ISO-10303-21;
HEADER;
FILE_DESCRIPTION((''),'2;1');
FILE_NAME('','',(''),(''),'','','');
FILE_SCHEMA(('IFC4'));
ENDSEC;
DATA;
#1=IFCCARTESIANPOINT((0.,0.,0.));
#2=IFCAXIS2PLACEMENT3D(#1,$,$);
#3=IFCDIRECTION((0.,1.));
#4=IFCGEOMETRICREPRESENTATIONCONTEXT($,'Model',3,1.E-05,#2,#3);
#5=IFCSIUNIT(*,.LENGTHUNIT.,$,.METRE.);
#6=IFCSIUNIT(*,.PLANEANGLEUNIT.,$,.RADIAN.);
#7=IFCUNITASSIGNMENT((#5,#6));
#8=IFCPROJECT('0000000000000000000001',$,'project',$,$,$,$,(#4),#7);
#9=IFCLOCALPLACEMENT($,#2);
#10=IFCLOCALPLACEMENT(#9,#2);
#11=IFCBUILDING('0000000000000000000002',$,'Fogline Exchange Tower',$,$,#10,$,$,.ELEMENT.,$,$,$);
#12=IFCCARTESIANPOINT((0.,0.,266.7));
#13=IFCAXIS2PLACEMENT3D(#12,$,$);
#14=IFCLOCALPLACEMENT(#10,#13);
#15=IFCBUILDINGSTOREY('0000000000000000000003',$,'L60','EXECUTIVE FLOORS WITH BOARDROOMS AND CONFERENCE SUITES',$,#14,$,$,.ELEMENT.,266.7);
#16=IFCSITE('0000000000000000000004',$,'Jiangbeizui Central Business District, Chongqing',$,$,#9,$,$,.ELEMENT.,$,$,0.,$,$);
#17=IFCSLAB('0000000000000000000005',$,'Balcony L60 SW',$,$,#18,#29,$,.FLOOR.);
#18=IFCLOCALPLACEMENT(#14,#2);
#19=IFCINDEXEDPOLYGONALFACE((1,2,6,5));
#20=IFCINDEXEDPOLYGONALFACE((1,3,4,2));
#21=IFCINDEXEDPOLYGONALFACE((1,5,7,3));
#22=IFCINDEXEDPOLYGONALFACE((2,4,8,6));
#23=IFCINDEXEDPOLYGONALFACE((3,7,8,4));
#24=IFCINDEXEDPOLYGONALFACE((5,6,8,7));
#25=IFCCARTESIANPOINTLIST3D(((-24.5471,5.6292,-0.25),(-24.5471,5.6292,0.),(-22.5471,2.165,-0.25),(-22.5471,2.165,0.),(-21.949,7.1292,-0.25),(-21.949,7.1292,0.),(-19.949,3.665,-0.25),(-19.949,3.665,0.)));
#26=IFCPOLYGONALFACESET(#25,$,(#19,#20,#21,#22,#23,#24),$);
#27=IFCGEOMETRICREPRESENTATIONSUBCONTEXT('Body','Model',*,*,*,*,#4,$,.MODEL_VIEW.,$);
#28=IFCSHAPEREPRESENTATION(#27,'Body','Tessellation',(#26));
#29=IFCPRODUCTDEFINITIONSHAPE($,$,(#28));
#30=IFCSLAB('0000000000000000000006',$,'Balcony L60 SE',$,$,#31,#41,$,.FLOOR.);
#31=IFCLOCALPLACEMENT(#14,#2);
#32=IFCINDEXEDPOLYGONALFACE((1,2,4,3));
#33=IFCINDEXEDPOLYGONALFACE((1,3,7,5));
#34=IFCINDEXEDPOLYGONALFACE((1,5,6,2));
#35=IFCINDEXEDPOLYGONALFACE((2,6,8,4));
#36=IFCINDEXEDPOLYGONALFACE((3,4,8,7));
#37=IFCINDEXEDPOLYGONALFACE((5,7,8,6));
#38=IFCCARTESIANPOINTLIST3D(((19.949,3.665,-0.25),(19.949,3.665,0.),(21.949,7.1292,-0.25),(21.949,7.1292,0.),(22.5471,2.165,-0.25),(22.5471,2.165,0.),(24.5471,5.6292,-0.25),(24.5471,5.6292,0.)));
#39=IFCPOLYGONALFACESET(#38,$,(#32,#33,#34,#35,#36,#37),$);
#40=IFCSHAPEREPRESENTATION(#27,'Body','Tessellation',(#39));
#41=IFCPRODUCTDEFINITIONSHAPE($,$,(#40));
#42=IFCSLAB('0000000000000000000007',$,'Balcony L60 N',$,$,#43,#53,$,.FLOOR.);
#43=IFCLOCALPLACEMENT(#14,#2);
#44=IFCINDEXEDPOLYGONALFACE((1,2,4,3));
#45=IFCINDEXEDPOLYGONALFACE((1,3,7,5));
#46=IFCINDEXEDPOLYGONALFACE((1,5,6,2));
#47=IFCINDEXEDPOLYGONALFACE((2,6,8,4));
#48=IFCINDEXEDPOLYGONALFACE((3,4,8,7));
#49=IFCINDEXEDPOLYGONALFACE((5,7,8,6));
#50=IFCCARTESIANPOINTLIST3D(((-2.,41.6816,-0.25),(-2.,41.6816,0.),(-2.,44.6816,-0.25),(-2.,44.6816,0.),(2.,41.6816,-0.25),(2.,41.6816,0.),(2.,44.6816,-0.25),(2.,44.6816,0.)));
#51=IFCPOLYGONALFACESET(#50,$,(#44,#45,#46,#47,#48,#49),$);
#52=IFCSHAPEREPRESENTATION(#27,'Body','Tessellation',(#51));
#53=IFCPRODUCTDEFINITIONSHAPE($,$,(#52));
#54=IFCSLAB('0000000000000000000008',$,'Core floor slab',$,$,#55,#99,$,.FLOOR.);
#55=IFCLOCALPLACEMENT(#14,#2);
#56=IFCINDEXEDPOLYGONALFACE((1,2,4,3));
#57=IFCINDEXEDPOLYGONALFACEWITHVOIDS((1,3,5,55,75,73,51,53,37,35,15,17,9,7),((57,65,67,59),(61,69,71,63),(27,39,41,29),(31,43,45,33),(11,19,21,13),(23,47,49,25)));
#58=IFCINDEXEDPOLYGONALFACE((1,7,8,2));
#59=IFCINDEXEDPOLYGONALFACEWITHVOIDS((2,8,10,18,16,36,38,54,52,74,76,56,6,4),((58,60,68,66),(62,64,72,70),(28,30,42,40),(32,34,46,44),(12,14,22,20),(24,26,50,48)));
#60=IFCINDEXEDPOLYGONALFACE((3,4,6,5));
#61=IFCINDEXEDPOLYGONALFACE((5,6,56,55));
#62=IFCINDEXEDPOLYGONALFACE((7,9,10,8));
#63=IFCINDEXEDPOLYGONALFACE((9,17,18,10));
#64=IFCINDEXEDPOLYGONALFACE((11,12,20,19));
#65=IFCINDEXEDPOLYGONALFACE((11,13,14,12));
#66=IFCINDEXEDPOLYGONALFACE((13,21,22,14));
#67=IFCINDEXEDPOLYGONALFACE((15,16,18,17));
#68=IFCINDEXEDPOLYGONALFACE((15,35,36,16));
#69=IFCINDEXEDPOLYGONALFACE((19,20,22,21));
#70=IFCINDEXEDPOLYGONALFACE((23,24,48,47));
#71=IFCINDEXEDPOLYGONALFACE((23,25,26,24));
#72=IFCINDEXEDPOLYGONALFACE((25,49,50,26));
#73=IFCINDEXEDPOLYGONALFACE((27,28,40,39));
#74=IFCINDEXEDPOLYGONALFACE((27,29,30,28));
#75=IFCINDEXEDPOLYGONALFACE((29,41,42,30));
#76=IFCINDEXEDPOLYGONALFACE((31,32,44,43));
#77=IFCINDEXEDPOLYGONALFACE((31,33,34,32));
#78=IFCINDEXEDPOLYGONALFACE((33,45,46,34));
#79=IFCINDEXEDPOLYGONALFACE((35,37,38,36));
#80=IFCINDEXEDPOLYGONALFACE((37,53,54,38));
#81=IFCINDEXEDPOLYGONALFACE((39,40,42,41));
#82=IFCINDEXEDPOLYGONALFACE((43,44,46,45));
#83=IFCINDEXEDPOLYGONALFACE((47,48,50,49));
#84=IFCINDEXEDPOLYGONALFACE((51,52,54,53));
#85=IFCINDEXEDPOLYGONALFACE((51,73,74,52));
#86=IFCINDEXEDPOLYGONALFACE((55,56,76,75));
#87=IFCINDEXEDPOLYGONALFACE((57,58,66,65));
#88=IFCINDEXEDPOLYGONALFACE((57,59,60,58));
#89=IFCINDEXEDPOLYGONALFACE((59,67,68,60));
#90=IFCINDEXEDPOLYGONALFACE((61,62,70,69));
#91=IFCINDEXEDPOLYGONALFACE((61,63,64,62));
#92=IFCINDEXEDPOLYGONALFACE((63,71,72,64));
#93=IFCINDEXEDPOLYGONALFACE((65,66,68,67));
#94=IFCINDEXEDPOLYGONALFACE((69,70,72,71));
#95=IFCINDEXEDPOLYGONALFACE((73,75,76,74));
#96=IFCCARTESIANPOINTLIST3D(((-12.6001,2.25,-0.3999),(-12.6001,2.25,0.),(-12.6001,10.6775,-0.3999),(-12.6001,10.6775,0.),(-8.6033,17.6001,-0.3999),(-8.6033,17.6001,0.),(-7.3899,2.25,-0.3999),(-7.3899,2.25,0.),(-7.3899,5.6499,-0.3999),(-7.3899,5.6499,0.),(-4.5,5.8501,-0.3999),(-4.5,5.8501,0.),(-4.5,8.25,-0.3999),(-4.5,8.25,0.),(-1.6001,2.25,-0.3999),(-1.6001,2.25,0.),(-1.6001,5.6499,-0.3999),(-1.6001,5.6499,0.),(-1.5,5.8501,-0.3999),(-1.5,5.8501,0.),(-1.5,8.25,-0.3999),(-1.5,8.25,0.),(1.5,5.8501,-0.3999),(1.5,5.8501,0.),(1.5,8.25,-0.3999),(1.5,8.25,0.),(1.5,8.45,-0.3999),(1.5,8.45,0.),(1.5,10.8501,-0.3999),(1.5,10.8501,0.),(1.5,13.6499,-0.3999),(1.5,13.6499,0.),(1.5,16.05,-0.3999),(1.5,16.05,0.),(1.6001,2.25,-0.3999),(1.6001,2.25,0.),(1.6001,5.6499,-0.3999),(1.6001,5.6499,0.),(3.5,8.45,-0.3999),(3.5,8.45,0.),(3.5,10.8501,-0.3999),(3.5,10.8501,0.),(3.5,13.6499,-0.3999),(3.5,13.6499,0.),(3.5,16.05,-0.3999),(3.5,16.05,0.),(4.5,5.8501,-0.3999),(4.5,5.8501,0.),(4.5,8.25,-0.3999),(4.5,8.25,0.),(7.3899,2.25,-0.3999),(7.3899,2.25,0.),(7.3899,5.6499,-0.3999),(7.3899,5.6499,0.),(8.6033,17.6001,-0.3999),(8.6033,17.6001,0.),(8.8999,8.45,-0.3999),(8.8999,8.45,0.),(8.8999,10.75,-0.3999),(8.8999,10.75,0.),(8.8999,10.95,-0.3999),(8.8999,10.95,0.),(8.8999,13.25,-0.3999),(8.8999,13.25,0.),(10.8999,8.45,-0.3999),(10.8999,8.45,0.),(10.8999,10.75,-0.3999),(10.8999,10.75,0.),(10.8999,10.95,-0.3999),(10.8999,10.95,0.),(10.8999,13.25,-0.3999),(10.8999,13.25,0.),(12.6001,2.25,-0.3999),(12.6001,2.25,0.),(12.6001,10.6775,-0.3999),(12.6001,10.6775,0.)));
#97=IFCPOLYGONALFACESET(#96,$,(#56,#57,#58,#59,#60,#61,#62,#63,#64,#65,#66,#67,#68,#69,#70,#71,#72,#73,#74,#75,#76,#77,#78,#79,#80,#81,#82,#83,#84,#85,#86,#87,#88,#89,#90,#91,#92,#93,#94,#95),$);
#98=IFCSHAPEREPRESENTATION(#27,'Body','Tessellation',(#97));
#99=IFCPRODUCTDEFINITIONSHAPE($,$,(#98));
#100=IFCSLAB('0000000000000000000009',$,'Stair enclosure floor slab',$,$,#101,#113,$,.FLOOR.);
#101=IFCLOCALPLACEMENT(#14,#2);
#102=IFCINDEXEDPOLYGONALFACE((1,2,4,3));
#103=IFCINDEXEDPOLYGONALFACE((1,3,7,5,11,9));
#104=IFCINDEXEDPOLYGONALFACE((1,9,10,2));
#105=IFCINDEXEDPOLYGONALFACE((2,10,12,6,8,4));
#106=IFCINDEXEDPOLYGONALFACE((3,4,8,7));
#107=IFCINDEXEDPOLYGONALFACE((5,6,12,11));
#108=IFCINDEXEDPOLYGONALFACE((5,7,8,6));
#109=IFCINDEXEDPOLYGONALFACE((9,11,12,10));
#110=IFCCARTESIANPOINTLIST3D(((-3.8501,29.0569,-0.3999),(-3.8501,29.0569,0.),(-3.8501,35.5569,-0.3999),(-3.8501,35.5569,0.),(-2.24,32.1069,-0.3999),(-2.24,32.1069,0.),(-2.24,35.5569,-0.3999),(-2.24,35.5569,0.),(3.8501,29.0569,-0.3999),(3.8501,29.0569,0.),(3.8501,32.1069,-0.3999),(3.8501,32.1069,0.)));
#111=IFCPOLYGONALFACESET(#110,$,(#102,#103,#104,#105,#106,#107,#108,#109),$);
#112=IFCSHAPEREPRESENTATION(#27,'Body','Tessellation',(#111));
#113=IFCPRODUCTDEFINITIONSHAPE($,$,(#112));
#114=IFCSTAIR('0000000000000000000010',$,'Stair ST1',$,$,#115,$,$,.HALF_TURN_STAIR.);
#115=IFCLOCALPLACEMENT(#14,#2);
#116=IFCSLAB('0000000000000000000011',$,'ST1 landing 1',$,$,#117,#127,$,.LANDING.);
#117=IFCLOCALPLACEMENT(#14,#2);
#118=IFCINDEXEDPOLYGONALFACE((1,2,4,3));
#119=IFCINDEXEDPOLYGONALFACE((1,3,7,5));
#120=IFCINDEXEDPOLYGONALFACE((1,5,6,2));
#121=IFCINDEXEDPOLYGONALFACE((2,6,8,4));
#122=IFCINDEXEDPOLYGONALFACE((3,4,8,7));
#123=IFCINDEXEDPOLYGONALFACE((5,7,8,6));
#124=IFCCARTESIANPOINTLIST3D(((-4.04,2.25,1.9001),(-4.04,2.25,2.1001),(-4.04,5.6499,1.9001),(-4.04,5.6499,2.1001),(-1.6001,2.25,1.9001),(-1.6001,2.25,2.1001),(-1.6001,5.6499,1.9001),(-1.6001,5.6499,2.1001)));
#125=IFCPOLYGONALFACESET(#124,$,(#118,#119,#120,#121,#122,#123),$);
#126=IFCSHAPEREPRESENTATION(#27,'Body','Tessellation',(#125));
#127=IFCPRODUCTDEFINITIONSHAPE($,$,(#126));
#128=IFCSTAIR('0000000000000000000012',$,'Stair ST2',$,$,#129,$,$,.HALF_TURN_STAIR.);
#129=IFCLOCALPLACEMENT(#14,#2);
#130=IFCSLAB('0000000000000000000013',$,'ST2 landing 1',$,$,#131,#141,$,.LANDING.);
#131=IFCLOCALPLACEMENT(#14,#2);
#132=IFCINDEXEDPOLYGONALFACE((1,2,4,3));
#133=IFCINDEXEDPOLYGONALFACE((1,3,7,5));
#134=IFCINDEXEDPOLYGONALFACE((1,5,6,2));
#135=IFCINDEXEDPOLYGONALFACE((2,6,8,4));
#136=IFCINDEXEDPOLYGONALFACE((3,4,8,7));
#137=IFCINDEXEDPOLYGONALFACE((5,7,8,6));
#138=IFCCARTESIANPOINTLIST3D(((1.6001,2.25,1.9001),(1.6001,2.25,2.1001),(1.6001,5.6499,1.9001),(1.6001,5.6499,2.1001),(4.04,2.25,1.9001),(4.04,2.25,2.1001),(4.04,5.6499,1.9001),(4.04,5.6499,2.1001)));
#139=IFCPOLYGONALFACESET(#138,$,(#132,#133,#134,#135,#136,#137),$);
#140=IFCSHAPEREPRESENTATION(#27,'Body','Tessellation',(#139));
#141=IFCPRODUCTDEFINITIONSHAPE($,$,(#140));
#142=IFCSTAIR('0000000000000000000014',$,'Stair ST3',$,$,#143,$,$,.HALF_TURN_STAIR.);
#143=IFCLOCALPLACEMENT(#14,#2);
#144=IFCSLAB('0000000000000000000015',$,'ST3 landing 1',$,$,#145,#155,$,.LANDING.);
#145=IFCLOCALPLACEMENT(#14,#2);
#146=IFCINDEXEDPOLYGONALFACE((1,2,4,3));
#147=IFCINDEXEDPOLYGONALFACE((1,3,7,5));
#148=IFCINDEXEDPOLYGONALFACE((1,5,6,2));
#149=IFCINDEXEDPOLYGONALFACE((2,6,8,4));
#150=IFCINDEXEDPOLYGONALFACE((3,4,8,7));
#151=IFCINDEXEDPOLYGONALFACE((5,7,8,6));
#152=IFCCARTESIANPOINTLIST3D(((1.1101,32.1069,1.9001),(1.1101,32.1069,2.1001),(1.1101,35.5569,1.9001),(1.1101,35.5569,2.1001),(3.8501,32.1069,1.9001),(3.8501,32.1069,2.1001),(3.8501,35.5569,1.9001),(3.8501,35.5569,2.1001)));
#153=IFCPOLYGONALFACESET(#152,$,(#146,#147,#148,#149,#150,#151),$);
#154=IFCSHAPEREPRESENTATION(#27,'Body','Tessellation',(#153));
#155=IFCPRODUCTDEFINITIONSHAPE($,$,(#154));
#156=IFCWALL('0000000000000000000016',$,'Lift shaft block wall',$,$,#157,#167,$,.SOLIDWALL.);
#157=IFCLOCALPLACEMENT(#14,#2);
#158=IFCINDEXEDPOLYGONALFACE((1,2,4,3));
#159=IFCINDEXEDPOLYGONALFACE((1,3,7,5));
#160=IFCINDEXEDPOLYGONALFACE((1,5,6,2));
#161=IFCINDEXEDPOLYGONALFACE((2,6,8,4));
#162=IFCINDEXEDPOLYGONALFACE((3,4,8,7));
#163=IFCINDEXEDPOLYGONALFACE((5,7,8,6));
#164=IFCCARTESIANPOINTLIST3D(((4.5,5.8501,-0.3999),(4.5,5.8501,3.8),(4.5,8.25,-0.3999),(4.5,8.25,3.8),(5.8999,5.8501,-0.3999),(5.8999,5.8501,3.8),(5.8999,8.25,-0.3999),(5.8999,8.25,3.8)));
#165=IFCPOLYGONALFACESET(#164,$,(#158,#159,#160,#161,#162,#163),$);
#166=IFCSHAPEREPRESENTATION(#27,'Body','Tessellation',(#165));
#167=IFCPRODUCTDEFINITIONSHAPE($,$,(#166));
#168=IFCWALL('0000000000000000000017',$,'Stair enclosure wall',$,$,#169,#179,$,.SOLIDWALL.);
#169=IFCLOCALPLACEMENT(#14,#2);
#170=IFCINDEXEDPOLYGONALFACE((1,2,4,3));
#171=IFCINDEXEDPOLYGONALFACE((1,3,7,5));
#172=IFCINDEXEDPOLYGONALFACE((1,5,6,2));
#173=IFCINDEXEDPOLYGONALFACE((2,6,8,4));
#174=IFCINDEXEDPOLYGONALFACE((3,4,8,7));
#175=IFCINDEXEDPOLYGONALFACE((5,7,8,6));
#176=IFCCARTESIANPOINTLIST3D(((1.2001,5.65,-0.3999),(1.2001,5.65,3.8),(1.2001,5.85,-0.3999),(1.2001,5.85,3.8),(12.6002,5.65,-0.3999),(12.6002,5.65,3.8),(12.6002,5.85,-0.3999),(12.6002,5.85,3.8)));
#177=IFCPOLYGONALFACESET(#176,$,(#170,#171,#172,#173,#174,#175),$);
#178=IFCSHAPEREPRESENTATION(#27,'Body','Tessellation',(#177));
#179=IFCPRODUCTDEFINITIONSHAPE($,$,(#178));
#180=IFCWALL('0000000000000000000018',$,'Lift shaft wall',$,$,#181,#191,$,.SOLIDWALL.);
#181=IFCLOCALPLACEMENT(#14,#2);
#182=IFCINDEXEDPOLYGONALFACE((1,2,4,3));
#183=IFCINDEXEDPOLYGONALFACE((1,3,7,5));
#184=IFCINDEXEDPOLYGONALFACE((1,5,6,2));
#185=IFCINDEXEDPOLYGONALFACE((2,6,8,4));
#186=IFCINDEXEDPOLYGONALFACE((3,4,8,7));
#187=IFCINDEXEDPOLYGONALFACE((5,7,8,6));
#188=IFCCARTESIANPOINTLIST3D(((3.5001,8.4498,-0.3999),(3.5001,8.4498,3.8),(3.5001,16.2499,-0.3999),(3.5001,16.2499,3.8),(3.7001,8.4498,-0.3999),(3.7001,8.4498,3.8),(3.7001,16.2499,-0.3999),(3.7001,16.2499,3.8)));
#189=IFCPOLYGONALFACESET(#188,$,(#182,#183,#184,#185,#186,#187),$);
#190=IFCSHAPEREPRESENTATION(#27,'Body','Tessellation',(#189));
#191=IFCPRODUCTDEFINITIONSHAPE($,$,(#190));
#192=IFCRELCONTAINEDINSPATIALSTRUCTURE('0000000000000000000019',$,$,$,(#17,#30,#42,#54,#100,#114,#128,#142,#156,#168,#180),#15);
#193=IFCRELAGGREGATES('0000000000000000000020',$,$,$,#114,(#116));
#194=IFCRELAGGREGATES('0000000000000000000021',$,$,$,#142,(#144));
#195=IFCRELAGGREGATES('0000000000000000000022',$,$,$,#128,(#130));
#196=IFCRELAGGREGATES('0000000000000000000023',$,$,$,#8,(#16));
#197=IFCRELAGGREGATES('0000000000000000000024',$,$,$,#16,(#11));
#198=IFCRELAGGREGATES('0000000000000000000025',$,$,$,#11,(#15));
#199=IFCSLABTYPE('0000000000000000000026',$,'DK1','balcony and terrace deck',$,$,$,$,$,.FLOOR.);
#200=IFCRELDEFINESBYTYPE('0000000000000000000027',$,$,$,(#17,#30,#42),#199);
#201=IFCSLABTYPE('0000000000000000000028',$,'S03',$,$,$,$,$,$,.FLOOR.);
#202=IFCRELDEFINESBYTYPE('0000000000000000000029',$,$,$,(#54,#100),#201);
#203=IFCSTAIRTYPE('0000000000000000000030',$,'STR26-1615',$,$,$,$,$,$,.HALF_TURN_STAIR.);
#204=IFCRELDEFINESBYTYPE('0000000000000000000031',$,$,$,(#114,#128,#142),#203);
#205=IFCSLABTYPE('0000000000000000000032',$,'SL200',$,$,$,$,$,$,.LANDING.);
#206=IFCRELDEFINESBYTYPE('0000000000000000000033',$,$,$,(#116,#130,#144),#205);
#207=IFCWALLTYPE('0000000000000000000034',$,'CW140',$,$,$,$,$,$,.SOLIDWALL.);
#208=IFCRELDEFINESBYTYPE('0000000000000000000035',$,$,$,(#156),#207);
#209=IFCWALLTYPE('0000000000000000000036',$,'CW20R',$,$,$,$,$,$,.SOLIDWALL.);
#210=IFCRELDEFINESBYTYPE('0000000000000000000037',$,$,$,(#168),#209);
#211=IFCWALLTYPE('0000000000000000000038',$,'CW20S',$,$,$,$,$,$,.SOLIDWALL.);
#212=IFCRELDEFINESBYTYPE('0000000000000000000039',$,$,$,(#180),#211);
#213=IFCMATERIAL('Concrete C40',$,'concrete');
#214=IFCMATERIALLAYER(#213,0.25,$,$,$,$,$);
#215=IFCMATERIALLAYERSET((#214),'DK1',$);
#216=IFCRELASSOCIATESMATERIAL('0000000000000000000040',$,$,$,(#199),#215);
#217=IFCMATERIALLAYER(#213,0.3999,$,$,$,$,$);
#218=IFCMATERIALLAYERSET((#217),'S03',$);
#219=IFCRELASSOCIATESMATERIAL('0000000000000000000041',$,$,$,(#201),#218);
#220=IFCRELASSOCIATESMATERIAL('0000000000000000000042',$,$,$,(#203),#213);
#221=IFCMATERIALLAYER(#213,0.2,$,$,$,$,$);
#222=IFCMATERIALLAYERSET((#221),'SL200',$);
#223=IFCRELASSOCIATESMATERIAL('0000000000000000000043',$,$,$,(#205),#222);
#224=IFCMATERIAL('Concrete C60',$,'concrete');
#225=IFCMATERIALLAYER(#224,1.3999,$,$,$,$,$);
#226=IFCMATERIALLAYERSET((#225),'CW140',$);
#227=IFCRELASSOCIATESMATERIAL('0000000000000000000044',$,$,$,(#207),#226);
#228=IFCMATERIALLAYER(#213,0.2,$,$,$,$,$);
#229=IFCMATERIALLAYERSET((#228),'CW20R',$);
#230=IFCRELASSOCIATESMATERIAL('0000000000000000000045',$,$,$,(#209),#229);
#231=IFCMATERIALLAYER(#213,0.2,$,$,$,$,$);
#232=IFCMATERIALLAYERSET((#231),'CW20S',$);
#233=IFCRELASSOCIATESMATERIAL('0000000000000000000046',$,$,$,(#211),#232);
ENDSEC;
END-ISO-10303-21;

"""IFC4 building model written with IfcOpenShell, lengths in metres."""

from ifc_helpers import new_model, si_unit, direction, frame, frame_2d, origin, place, context, subcontext, project, spatial, polyline, rectangle, outline, extrude, material, layer, layer_set, type_object, element, aggregate, save


model = new_model("IFC4")

# Units and contexts
model_context = context("Model", 3, precision=1e-05, world=origin(), true_north=direction((0.0, 1.0)))
body_context = subcontext(model_context, "Body", "Model", "MODEL_VIEW")
ifc_project = project(units=[si_unit("LENGTHUNIT", "METRE"), si_unit("PLANEANGLEUNIT", "RADIAN")], contexts=[model_context])

# Site, building, storey
site_placement = place(None, origin())
site = spatial("IfcSite", under=ifc_project, at=site_placement, Name="Jiangbeizui Central Business District, Chongqing", CompositionType="ELEMENT", RefElevation=0.0)
building_placement = place(site_placement, origin())
building = spatial("IfcBuilding", under=site, at=building_placement, Name="Fogline Exchange Tower", CompositionType="ELEMENT")
storey_placement = place(building_placement, frame((0.0, 0.0, 266.7)))
storey = spatial("IfcBuildingStorey", under=building, at=storey_placement, Name="L60", Description="EXECUTIVE FLOORS WITH BOARDROOMS AND CONFERENCE SUITES", CompositionType="ELEMENT", Elevation=266.7)

# Slabs
ifc_material_1 = material(Name="Concrete C40", Category="concrete")
ifc_layer_1 = layer(ifc_material_1, 0.25)
ifc_layer_set_1 = layer_set([ifc_layer_1], Name="DK1")
slab_type_1 = type_object("IfcSlabType", Name="DK1", Description="balcony and terrace deck", PredefinedType="FLOOR", material=ifc_layer_set_1)
slab_1_placement = place(storey_placement, frame((0.0, 0.0, -0.25)))
element("IfcSlab", 1, at=slab_1_placement, inside=storey, type_object=slab_type_1, Name="Balcony L60 SW", PredefinedType="FLOOR", context=body_context, shape_type="SweptSolid", body=[
    extrude(outline(polyline([(-24.5471, 5.6292), (-22.5471, 2.165), (-19.949, 3.665), (-21.949, 7.1292), (-24.5471, 5.6292)])), origin(), (0.0, 0.0, 1.0), 0.25),
])
slab_2_placement = place(storey_placement, frame((0.0, 0.0, -0.25)))
element("IfcSlab", 2, at=slab_2_placement, inside=storey, type_object=slab_type_1, Name="Balcony L60 SE", PredefinedType="FLOOR", context=body_context, shape_type="SweptSolid", body=[
    extrude(outline(polyline([(22.5471, 2.165), (24.5471, 5.6292), (21.949, 7.1292), (19.949, 3.665), (22.5471, 2.165)])), origin(), (0.0, 0.0, 1.0), 0.25),
])
slab_3_placement = place(storey_placement, frame((0.0, 0.0, -0.25)))
element("IfcSlab", 3, at=slab_3_placement, inside=storey, type_object=slab_type_1, Name="Balcony L60 N", PredefinedType="FLOOR", context=body_context, shape_type="SweptSolid", body=[
    extrude(outline(polyline([(2.0, 44.6816), (-2.0, 44.6816), (-2.0, 41.6816), (2.0, 41.6816), (2.0, 44.6816)])), origin(), (0.0, 0.0, 1.0), 0.25),
])
ifc_layer_2 = layer(ifc_material_1, 0.3999)
ifc_layer_set_2 = layer_set([ifc_layer_2], Name="S03")
slab_type_2 = type_object("IfcSlabType", Name="S03", PredefinedType="FLOOR", material=ifc_layer_set_2)
slab_4_placement = place(storey_placement, frame((0.0, 0.0, -0.3999)))
element("IfcSlab", 4, at=slab_4_placement, inside=storey, type_object=slab_type_2, Name="Core floor slab", PredefinedType="FLOOR", context=body_context, shape_type="SweptSolid", body=[
    extrude(outline(polyline([(-12.6001, 2.25), (-12.6001, 10.6775), (-8.6033, 17.6001), (8.6033, 17.6001), (12.6001, 10.6775), (12.6001, 2.25), (7.3899, 2.25), (7.3899, 5.6499), (1.6001, 5.6499), (1.6001, 2.25), (-1.6001, 2.25), (-1.6001, 5.6499), (-7.3899, 5.6499), (-7.3899, 2.25), (-12.6001, 2.25)]), holes=[polyline([(-4.5, 8.25), (-4.5, 5.8501), (-1.5, 5.8501), (-1.5, 8.25), (-4.5, 8.25)]), polyline([(1.5, 8.25), (1.5, 5.8501), (4.5, 5.8501), (4.5, 8.25), (1.5, 8.25)]), polyline([(8.8999, 10.75), (8.8999, 8.45), (10.8999, 8.45), (10.8999, 10.75), (8.8999, 10.75)]), polyline([(1.5, 10.8501), (1.5, 8.45), (3.5, 8.45), (3.5, 10.8501), (1.5, 10.8501)]), polyline([(8.8999, 13.25), (8.8999, 10.95), (10.8999, 10.95), (10.8999, 13.25), (8.8999, 13.25)]), polyline([(1.5, 16.05), (1.5, 13.6499), (3.5, 13.6499), (3.5, 16.05), (1.5, 16.05)])]), origin(), (0.0, 0.0, 1.0), 0.3999),
])
slab_5_placement = place(storey_placement, frame((0.0, 0.0, -0.3999)))
element("IfcSlab", 5, at=slab_5_placement, inside=storey, type_object=slab_type_2, Name="Stair enclosure floor slab", PredefinedType="FLOOR", context=body_context, shape_type="SweptSolid", body=[
    extrude(outline(polyline([(3.8501, 29.0569), (-3.8501, 29.0569), (-3.8501, 35.5569), (-2.24, 35.5569), (-2.24, 32.1069), (3.8501, 32.1069), (3.8501, 29.0569)])), origin(), (0.0, 0.0, 1.0), 0.3999),
])

# Stairs, slabs
stair_type = type_object("IfcStairType", Name="STR26-1615", PredefinedType="HALF_TURN_STAIR", material=ifc_material_1)
stair_1_placement = place(storey_placement, origin())
stair_1 = element("IfcStair", 6, at=stair_1_placement, inside=storey, type_object=stair_type, Name="Stair ST1", PredefinedType="HALF_TURN_STAIR")
ifc_layer_3 = layer(ifc_material_1, 0.2)
ifc_layer_set_3 = layer_set([ifc_layer_3], Name="SL200")
slab_type_3 = type_object("IfcSlabType", Name="SL200", PredefinedType="LANDING", material=ifc_layer_set_3)
slab_6_placement = place(storey_placement, frame((0.0, 0.0, 1.9001)))
slab_6 = element("IfcSlab", 7, at=slab_6_placement, type_object=slab_type_3, Name="ST1 landing 1", PredefinedType="LANDING", context=body_context, shape_type="SweptSolid", body=[
    extrude(outline(polyline([(-4.04, 2.25), (-1.6001, 2.25), (-1.6001, 5.6499), (-4.04, 5.6499), (-4.04, 2.25)])), origin(), (0.0, 0.0, 1.0), 0.2),
])
aggregate(stair_1, [slab_6])
stair_2_placement = place(storey_placement, origin())
stair_2 = element("IfcStair", 8, at=stair_2_placement, inside=storey, type_object=stair_type, Name="Stair ST2", PredefinedType="HALF_TURN_STAIR")
slab_7_placement = place(storey_placement, frame((0.0, 0.0, 1.9001)))
slab_7 = element("IfcSlab", 9, at=slab_7_placement, type_object=slab_type_3, Name="ST2 landing 1", PredefinedType="LANDING", context=body_context, shape_type="SweptSolid", body=[
    extrude(outline(polyline([(1.6001, 2.25), (4.04, 2.25), (4.04, 5.6499), (1.6001, 5.6499), (1.6001, 2.25)])), origin(), (0.0, 0.0, 1.0), 0.2),
])
stair_3_placement = place(storey_placement, origin())
stair_3 = element("IfcStair", 10, at=stair_3_placement, inside=storey, type_object=stair_type, Name="Stair ST3", PredefinedType="HALF_TURN_STAIR")
slab_8_placement = place(storey_placement, frame((0.0, 0.0, 1.9001)))
slab_8 = element("IfcSlab", 11, at=slab_8_placement, type_object=slab_type_3, Name="ST3 landing 1", PredefinedType="LANDING", context=body_context, shape_type="SweptSolid", body=[
    extrude(outline(polyline([(1.1101, 32.1069), (3.8501, 32.1069), (3.8501, 35.5569), (1.1101, 35.5569), (1.1101, 32.1069)])), origin(), (0.0, 0.0, 1.0), 0.2),
])
aggregate(stair_3, [slab_8])

# Walls
ifc_material_2 = material(Name="Concrete C60", Category="concrete")
ifc_layer_4 = layer(ifc_material_2, 1.3999)
ifc_layer_set_4 = layer_set([ifc_layer_4], Name="CW140")
wall_type_1 = type_object("IfcWallType", Name="CW140", PredefinedType="SOLIDWALL", material=ifc_layer_set_4)
wall_1_placement = place(storey_placement, frame((5.2, 5.8501, -0.3999), z_axis=(0.0, 0.0, 1.0), x_axis=(0.0, 1.0, 0.0)))
element("IfcWall", 12, at=wall_1_placement, inside=storey, type_object=wall_type_1, Name="Lift shaft block wall", PredefinedType="SOLIDWALL", context=body_context, shape_type="SweptSolid", body=[
    extrude(rectangle(XDim=2.3999, YDim=1.3999, at=frame_2d((1.2, 0.0))), origin(), (0.0, 0.0, 1.0), 4.2),
])
ifc_layer_5 = layer(ifc_material_1, 0.2)
ifc_layer_set_5 = layer_set([ifc_layer_5], Name="CW20R")
wall_type_2 = type_object("IfcWallType", Name="CW20R", PredefinedType="SOLIDWALL", material=ifc_layer_set_5)
wall_2_placement = place(storey_placement, frame((1.2, 5.75, -0.3999), z_axis=(0.0, 0.0, 1.0), x_axis=(1.0, 0.0, 0.0)))
element("IfcWall", 13, at=wall_2_placement, inside=storey, type_object=wall_type_2, Name="Stair enclosure wall", PredefinedType="SOLIDWALL", context=body_context, shape_type="SweptSolid", body=[
    extrude(rectangle(XDim=11.4001, YDim=0.2, at=frame_2d((5.7002, 0.0))), origin(), (0.0, 0.0, 1.0), 4.2),
])
ifc_layer_6 = layer(ifc_material_1, 0.2)
ifc_layer_set_6 = layer_set([ifc_layer_6], Name="CW20S")
wall_type_3 = type_object("IfcWallType", Name="CW20S", PredefinedType="SOLIDWALL", material=ifc_layer_set_6)
wall_3_placement = place(storey_placement, frame((3.6001, 8.45, -0.3999), z_axis=(0.0, 0.0, 1.0), x_axis=(0.0, 1.0, 0.0)))
element("IfcWall", 14, at=wall_3_placement, inside=storey, type_object=wall_type_3, Name="Lift shaft wall", PredefinedType="SOLIDWALL", context=body_context, shape_type="SweptSolid", body=[
    extrude(rectangle(XDim=7.8, YDim=0.2, at=frame_2d((3.8999, 0.0))), origin(), (0.0, 0.0, 1.0), 4.2),
])

aggregate(stair_2, [slab_7])

save(model, "model.ifc")
